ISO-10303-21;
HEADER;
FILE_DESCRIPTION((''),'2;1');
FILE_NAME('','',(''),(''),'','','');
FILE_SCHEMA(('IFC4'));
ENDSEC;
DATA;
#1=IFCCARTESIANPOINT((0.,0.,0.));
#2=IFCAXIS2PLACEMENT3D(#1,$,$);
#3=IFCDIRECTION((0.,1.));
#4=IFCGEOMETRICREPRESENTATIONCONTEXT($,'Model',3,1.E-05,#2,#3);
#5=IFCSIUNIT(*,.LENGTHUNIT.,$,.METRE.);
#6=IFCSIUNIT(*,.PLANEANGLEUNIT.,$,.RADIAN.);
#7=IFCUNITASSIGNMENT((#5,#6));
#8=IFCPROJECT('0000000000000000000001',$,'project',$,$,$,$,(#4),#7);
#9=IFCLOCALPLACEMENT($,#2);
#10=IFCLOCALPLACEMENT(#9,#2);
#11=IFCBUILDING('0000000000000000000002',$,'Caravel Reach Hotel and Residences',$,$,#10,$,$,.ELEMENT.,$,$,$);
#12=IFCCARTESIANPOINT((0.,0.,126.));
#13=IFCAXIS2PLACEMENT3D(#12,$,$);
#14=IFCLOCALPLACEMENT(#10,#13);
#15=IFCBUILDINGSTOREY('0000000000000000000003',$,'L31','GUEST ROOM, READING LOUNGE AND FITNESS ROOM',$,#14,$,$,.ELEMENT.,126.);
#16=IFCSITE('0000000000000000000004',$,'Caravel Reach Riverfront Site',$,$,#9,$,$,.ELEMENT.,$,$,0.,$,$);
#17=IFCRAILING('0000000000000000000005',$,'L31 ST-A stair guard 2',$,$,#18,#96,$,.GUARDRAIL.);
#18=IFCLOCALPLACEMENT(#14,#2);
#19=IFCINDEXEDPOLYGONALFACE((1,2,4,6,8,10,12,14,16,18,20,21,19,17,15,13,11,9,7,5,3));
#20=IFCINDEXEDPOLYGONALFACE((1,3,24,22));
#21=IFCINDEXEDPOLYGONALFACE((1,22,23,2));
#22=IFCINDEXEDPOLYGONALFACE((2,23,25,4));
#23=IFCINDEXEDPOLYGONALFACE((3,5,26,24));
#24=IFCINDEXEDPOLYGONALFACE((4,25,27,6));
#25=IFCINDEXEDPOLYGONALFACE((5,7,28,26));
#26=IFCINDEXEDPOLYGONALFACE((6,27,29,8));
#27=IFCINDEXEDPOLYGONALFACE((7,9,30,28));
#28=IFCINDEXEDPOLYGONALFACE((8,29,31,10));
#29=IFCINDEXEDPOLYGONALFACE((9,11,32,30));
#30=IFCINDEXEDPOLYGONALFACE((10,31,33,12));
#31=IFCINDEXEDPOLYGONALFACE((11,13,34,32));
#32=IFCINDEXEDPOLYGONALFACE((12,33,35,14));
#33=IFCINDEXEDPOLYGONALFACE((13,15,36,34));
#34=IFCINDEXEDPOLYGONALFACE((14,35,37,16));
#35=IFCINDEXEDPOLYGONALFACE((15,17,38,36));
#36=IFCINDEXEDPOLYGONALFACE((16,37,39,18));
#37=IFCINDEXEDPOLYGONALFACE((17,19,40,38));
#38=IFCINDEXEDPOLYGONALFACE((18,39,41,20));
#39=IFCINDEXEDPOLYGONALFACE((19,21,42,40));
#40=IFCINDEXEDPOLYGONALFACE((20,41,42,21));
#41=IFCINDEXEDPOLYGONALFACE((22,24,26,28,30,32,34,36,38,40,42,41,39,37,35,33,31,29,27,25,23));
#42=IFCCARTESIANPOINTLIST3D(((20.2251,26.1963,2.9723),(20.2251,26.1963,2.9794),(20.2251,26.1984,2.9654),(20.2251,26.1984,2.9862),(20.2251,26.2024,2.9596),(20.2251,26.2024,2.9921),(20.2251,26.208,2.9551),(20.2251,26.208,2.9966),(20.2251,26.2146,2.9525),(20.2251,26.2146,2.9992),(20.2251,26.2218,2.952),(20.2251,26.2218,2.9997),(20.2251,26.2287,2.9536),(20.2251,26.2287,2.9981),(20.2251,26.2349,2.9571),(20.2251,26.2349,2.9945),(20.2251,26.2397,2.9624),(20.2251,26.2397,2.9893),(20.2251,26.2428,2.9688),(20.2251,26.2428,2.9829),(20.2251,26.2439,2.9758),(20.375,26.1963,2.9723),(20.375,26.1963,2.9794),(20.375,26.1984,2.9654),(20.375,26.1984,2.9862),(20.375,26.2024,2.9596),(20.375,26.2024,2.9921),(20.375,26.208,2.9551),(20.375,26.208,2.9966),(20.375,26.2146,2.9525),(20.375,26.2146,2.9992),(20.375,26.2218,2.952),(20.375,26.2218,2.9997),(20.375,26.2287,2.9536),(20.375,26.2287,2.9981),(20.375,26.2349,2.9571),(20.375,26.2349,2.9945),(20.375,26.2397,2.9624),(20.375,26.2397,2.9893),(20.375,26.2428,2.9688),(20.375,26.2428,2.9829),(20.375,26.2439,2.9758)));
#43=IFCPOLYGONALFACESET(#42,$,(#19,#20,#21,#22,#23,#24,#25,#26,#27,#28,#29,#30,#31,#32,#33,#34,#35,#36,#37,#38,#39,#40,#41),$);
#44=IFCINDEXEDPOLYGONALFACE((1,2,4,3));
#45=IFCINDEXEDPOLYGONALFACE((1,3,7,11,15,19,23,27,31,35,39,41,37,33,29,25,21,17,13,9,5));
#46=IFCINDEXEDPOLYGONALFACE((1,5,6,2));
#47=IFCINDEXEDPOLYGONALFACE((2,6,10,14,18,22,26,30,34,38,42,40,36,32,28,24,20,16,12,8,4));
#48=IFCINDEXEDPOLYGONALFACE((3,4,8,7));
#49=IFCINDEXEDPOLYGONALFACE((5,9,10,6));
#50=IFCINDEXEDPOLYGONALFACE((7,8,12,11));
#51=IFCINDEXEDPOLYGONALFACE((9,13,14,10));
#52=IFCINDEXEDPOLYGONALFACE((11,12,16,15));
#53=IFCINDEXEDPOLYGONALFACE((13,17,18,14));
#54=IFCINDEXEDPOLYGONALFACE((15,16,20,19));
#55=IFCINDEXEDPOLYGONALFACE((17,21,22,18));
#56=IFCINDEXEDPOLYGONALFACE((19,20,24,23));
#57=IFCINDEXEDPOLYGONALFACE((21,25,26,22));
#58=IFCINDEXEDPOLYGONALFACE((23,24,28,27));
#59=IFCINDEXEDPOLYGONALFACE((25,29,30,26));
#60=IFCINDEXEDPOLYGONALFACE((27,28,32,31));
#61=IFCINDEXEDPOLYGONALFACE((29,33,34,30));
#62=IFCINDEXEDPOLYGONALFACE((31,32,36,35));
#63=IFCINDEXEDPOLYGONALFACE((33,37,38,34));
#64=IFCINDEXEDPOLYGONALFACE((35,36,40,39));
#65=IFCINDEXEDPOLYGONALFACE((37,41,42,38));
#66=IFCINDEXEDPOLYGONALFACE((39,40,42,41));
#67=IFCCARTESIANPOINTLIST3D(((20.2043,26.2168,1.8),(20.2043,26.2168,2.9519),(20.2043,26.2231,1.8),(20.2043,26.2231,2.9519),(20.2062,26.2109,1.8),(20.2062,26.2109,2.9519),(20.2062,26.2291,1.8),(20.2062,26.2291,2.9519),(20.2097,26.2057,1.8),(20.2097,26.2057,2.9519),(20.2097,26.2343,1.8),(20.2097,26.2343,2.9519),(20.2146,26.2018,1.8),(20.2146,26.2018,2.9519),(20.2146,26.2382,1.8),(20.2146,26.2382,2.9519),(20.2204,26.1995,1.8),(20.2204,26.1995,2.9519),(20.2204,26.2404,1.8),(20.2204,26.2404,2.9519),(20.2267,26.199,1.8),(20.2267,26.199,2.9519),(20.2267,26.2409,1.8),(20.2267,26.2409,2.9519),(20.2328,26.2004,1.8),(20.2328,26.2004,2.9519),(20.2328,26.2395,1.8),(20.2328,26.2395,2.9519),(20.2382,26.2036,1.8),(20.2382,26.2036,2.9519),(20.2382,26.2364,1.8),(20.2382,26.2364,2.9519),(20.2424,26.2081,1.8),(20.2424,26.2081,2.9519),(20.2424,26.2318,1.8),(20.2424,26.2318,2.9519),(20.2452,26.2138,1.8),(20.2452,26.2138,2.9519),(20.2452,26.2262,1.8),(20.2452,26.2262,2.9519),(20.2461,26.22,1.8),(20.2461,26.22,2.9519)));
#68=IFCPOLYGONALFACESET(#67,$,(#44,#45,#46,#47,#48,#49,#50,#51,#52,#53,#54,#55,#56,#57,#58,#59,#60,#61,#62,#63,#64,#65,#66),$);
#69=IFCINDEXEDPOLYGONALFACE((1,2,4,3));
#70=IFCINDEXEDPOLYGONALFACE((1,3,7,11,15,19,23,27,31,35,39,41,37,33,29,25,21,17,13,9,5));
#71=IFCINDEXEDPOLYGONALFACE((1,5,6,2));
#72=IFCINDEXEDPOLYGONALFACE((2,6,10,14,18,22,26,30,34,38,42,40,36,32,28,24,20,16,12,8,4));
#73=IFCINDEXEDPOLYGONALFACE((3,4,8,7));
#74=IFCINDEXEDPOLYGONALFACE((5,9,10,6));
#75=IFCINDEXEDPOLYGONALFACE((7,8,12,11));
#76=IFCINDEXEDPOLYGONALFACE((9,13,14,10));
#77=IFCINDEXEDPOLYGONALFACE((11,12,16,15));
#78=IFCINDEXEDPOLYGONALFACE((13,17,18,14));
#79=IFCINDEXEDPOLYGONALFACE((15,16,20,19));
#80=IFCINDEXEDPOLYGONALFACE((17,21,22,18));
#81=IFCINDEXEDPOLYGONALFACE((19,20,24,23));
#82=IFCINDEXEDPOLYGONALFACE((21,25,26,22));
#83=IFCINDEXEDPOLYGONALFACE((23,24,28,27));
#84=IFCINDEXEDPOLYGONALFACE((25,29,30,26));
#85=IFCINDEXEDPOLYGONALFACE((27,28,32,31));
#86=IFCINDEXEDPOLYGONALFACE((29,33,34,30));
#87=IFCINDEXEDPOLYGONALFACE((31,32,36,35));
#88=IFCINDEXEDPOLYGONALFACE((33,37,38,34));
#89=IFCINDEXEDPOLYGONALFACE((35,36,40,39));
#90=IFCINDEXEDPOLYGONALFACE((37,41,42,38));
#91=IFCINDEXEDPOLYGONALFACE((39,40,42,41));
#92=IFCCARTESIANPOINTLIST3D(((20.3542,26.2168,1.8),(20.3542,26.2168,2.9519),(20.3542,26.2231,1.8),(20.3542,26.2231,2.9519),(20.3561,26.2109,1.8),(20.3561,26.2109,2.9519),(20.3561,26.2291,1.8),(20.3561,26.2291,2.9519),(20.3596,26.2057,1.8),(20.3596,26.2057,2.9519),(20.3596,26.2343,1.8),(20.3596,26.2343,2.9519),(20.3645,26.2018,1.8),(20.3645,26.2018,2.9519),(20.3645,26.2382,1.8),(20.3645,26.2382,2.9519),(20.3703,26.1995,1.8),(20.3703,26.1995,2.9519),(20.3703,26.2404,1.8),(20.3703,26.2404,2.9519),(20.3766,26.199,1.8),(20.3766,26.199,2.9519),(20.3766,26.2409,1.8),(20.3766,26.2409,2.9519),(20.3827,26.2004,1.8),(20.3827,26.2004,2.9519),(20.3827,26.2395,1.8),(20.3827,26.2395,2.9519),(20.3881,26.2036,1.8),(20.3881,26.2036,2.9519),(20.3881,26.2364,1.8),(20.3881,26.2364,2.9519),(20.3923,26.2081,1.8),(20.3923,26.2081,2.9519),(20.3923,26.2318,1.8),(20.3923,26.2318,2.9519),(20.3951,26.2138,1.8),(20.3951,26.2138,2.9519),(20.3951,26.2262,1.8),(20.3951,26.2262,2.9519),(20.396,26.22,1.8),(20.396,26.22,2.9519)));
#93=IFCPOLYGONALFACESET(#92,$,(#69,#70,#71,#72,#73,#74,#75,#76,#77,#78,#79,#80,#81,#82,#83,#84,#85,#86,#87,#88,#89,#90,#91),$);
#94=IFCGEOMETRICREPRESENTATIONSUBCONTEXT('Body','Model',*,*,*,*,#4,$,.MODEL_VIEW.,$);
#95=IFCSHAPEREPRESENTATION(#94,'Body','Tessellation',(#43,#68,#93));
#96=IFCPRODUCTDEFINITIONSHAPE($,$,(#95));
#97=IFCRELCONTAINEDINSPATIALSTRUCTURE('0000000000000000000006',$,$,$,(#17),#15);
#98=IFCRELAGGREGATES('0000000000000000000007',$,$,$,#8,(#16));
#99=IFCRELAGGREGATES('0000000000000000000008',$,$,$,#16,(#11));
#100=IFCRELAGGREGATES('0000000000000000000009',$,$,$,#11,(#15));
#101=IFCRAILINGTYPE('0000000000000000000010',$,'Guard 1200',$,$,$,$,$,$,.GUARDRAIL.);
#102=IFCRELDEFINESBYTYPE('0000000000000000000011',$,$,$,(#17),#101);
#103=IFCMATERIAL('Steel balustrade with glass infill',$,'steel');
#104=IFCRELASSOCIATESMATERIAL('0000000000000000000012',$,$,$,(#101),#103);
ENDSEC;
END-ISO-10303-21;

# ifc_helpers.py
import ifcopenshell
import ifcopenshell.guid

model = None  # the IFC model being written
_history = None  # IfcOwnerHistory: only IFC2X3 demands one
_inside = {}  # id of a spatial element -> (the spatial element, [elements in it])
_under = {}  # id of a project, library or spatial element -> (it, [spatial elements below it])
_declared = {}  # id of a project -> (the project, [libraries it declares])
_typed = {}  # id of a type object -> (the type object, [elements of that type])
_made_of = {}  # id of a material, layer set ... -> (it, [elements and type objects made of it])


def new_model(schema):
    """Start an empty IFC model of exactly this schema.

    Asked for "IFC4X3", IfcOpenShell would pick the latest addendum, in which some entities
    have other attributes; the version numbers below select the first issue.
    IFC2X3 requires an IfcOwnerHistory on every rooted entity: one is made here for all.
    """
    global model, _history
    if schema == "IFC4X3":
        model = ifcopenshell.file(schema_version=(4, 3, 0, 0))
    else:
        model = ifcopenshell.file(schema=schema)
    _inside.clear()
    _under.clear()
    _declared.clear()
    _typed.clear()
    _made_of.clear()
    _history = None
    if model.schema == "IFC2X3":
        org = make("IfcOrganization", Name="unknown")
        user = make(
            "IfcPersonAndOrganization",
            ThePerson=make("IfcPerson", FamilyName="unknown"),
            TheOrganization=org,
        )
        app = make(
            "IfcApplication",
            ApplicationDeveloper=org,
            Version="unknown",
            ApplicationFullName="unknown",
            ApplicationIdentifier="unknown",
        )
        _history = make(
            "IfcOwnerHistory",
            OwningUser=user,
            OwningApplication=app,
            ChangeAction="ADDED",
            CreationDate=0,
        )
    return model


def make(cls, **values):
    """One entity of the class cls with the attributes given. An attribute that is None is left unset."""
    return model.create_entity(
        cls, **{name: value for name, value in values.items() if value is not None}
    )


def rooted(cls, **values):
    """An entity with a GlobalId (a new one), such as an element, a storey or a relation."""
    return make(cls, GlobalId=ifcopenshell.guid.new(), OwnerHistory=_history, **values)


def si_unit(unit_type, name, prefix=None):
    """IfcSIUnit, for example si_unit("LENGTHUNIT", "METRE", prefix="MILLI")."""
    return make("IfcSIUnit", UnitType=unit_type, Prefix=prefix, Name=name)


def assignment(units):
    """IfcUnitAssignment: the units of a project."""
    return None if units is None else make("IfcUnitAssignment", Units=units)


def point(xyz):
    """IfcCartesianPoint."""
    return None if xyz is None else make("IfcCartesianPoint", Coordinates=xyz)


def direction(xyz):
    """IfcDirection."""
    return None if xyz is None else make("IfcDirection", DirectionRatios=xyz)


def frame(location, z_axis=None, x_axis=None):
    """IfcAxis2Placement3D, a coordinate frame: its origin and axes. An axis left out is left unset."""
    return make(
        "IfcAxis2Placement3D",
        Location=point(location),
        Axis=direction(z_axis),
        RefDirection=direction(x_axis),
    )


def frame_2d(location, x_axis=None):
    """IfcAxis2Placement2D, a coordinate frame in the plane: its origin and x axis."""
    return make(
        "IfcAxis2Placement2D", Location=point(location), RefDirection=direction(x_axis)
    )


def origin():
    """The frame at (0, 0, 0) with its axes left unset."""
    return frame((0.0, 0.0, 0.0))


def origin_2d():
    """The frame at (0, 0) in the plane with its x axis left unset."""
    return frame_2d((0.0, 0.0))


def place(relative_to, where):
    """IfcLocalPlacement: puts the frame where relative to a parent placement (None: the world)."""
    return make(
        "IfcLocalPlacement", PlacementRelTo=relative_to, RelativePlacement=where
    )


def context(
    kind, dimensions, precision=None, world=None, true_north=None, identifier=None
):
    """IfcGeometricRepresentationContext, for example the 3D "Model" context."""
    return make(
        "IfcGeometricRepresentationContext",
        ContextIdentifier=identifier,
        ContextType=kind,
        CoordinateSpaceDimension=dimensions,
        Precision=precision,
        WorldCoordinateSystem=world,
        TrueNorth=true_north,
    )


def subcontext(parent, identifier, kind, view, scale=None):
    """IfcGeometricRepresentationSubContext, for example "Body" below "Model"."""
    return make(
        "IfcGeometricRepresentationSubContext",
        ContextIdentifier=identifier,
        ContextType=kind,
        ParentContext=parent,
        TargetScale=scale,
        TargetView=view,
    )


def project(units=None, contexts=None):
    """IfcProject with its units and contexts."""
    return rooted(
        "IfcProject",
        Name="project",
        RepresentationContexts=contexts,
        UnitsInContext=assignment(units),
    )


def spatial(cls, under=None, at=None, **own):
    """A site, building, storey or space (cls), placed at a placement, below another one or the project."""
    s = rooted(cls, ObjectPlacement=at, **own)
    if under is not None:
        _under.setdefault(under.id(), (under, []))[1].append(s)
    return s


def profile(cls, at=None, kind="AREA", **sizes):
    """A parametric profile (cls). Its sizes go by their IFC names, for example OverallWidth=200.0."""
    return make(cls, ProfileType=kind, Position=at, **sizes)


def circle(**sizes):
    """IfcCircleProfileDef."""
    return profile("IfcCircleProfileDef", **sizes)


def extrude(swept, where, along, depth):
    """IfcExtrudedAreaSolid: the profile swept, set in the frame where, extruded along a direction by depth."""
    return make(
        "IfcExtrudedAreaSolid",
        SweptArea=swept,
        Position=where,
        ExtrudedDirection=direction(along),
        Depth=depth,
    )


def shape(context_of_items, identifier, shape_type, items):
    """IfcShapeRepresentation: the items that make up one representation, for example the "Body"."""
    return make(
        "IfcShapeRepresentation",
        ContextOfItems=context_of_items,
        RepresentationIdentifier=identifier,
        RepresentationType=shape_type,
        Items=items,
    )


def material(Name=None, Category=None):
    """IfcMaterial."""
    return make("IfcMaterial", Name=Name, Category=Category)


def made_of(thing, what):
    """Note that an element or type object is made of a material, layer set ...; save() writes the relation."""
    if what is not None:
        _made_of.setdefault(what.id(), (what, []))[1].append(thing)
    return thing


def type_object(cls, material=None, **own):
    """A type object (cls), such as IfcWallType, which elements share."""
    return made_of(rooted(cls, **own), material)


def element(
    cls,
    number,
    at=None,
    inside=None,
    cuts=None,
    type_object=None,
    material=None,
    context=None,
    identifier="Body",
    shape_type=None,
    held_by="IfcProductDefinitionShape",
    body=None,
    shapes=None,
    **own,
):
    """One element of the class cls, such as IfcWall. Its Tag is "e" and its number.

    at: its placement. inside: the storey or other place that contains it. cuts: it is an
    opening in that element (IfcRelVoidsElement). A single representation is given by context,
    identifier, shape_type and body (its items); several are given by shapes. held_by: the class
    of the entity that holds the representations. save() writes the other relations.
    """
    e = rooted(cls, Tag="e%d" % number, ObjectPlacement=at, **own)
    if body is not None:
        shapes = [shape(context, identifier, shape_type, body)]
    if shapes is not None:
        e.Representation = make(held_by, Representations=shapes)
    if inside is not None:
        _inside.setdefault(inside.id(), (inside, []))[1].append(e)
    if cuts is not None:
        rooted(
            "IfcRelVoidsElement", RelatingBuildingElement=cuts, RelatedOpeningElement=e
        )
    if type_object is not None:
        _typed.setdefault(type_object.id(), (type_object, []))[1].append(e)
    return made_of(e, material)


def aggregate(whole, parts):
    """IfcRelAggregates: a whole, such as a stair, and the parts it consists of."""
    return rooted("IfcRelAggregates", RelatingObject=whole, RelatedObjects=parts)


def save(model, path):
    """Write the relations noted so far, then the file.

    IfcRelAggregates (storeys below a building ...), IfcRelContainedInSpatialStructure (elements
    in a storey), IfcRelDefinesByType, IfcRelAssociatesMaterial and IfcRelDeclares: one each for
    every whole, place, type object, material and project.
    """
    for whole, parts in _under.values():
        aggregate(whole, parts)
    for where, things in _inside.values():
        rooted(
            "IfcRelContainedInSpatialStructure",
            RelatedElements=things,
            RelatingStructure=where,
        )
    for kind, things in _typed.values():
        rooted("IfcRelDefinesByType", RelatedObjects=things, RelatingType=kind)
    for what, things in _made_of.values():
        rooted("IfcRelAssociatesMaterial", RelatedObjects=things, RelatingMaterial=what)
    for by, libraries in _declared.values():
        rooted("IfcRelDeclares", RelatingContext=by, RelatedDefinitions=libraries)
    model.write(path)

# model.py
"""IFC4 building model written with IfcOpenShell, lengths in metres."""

from ifc_helpers import new_model, si_unit, direction, frame, origin, origin_2d, place, context, subcontext, project, spatial, circle, extrude, material, type_object, element, save


model = new_model("IFC4")

# Units and contexts
model_context = context("Model", 3, precision=1e-05, world=origin(), true_north=direction((0.0, 1.0)))
body_context = subcontext(model_context, "Body", "Model", "MODEL_VIEW")
ifc_project = project(units=[si_unit("LENGTHUNIT", "METRE"), si_unit("PLANEANGLEUNIT", "RADIAN")], contexts=[model_context])

# Site, building, storey
site_placement = place(None, origin())
site = spatial("IfcSite", under=ifc_project, at=site_placement, Name="Caravel Reach Riverfront Site", CompositionType="ELEMENT", RefElevation=0.0)
building_placement = place(site_placement, origin())
building = spatial("IfcBuilding", under=site, at=building_placement, Name="Caravel Reach Hotel and Residences", CompositionType="ELEMENT")
storey_placement = place(building_placement, frame((0.0, 0.0, 126.0)))
storey = spatial("IfcBuildingStorey", under=building, at=storey_placement, Name="L31", Description="GUEST ROOM, READING LOUNGE AND FITNESS ROOM", CompositionType="ELEMENT", Elevation=126.0)

# Railing
ifc_material_1 = material(Name="Steel balustrade with glass infill", Category="steel")
railing_type_1 = type_object("IfcRailingType", Name="Guard 1200", PredefinedType="GUARDRAIL", material=ifc_material_1)
railing_1_placement = place(storey_placement, frame((20.2251, 26.22, 1.8)))
element("IfcRailing", 1, at=railing_1_placement, inside=storey, type_object=railing_type_1, Name="L31 ST-A stair guard 2", PredefinedType="GUARDRAIL", context=body_context, shape_type="SweptSolid", body=[
    extrude(circle(Radius=0.0239, at=origin_2d()), frame((0.0, 0.0, 1.1758), z_axis=(1.0, 0.0, 0.0), x_axis=(0.0, 1.0, 0.0)), (0.0, 0.0, 1.0), 0.1499),
    extrude(circle(Radius=0.021, at=origin_2d()), origin(), (0.0, 0.0, 1.0), 1.1519),
    extrude(circle(Radius=0.021, at=origin_2d()), frame((0.1499, 0.0, 0.0)), (0.0, 0.0, 1.0), 1.1519),
])

save(model, "model.ifc")
